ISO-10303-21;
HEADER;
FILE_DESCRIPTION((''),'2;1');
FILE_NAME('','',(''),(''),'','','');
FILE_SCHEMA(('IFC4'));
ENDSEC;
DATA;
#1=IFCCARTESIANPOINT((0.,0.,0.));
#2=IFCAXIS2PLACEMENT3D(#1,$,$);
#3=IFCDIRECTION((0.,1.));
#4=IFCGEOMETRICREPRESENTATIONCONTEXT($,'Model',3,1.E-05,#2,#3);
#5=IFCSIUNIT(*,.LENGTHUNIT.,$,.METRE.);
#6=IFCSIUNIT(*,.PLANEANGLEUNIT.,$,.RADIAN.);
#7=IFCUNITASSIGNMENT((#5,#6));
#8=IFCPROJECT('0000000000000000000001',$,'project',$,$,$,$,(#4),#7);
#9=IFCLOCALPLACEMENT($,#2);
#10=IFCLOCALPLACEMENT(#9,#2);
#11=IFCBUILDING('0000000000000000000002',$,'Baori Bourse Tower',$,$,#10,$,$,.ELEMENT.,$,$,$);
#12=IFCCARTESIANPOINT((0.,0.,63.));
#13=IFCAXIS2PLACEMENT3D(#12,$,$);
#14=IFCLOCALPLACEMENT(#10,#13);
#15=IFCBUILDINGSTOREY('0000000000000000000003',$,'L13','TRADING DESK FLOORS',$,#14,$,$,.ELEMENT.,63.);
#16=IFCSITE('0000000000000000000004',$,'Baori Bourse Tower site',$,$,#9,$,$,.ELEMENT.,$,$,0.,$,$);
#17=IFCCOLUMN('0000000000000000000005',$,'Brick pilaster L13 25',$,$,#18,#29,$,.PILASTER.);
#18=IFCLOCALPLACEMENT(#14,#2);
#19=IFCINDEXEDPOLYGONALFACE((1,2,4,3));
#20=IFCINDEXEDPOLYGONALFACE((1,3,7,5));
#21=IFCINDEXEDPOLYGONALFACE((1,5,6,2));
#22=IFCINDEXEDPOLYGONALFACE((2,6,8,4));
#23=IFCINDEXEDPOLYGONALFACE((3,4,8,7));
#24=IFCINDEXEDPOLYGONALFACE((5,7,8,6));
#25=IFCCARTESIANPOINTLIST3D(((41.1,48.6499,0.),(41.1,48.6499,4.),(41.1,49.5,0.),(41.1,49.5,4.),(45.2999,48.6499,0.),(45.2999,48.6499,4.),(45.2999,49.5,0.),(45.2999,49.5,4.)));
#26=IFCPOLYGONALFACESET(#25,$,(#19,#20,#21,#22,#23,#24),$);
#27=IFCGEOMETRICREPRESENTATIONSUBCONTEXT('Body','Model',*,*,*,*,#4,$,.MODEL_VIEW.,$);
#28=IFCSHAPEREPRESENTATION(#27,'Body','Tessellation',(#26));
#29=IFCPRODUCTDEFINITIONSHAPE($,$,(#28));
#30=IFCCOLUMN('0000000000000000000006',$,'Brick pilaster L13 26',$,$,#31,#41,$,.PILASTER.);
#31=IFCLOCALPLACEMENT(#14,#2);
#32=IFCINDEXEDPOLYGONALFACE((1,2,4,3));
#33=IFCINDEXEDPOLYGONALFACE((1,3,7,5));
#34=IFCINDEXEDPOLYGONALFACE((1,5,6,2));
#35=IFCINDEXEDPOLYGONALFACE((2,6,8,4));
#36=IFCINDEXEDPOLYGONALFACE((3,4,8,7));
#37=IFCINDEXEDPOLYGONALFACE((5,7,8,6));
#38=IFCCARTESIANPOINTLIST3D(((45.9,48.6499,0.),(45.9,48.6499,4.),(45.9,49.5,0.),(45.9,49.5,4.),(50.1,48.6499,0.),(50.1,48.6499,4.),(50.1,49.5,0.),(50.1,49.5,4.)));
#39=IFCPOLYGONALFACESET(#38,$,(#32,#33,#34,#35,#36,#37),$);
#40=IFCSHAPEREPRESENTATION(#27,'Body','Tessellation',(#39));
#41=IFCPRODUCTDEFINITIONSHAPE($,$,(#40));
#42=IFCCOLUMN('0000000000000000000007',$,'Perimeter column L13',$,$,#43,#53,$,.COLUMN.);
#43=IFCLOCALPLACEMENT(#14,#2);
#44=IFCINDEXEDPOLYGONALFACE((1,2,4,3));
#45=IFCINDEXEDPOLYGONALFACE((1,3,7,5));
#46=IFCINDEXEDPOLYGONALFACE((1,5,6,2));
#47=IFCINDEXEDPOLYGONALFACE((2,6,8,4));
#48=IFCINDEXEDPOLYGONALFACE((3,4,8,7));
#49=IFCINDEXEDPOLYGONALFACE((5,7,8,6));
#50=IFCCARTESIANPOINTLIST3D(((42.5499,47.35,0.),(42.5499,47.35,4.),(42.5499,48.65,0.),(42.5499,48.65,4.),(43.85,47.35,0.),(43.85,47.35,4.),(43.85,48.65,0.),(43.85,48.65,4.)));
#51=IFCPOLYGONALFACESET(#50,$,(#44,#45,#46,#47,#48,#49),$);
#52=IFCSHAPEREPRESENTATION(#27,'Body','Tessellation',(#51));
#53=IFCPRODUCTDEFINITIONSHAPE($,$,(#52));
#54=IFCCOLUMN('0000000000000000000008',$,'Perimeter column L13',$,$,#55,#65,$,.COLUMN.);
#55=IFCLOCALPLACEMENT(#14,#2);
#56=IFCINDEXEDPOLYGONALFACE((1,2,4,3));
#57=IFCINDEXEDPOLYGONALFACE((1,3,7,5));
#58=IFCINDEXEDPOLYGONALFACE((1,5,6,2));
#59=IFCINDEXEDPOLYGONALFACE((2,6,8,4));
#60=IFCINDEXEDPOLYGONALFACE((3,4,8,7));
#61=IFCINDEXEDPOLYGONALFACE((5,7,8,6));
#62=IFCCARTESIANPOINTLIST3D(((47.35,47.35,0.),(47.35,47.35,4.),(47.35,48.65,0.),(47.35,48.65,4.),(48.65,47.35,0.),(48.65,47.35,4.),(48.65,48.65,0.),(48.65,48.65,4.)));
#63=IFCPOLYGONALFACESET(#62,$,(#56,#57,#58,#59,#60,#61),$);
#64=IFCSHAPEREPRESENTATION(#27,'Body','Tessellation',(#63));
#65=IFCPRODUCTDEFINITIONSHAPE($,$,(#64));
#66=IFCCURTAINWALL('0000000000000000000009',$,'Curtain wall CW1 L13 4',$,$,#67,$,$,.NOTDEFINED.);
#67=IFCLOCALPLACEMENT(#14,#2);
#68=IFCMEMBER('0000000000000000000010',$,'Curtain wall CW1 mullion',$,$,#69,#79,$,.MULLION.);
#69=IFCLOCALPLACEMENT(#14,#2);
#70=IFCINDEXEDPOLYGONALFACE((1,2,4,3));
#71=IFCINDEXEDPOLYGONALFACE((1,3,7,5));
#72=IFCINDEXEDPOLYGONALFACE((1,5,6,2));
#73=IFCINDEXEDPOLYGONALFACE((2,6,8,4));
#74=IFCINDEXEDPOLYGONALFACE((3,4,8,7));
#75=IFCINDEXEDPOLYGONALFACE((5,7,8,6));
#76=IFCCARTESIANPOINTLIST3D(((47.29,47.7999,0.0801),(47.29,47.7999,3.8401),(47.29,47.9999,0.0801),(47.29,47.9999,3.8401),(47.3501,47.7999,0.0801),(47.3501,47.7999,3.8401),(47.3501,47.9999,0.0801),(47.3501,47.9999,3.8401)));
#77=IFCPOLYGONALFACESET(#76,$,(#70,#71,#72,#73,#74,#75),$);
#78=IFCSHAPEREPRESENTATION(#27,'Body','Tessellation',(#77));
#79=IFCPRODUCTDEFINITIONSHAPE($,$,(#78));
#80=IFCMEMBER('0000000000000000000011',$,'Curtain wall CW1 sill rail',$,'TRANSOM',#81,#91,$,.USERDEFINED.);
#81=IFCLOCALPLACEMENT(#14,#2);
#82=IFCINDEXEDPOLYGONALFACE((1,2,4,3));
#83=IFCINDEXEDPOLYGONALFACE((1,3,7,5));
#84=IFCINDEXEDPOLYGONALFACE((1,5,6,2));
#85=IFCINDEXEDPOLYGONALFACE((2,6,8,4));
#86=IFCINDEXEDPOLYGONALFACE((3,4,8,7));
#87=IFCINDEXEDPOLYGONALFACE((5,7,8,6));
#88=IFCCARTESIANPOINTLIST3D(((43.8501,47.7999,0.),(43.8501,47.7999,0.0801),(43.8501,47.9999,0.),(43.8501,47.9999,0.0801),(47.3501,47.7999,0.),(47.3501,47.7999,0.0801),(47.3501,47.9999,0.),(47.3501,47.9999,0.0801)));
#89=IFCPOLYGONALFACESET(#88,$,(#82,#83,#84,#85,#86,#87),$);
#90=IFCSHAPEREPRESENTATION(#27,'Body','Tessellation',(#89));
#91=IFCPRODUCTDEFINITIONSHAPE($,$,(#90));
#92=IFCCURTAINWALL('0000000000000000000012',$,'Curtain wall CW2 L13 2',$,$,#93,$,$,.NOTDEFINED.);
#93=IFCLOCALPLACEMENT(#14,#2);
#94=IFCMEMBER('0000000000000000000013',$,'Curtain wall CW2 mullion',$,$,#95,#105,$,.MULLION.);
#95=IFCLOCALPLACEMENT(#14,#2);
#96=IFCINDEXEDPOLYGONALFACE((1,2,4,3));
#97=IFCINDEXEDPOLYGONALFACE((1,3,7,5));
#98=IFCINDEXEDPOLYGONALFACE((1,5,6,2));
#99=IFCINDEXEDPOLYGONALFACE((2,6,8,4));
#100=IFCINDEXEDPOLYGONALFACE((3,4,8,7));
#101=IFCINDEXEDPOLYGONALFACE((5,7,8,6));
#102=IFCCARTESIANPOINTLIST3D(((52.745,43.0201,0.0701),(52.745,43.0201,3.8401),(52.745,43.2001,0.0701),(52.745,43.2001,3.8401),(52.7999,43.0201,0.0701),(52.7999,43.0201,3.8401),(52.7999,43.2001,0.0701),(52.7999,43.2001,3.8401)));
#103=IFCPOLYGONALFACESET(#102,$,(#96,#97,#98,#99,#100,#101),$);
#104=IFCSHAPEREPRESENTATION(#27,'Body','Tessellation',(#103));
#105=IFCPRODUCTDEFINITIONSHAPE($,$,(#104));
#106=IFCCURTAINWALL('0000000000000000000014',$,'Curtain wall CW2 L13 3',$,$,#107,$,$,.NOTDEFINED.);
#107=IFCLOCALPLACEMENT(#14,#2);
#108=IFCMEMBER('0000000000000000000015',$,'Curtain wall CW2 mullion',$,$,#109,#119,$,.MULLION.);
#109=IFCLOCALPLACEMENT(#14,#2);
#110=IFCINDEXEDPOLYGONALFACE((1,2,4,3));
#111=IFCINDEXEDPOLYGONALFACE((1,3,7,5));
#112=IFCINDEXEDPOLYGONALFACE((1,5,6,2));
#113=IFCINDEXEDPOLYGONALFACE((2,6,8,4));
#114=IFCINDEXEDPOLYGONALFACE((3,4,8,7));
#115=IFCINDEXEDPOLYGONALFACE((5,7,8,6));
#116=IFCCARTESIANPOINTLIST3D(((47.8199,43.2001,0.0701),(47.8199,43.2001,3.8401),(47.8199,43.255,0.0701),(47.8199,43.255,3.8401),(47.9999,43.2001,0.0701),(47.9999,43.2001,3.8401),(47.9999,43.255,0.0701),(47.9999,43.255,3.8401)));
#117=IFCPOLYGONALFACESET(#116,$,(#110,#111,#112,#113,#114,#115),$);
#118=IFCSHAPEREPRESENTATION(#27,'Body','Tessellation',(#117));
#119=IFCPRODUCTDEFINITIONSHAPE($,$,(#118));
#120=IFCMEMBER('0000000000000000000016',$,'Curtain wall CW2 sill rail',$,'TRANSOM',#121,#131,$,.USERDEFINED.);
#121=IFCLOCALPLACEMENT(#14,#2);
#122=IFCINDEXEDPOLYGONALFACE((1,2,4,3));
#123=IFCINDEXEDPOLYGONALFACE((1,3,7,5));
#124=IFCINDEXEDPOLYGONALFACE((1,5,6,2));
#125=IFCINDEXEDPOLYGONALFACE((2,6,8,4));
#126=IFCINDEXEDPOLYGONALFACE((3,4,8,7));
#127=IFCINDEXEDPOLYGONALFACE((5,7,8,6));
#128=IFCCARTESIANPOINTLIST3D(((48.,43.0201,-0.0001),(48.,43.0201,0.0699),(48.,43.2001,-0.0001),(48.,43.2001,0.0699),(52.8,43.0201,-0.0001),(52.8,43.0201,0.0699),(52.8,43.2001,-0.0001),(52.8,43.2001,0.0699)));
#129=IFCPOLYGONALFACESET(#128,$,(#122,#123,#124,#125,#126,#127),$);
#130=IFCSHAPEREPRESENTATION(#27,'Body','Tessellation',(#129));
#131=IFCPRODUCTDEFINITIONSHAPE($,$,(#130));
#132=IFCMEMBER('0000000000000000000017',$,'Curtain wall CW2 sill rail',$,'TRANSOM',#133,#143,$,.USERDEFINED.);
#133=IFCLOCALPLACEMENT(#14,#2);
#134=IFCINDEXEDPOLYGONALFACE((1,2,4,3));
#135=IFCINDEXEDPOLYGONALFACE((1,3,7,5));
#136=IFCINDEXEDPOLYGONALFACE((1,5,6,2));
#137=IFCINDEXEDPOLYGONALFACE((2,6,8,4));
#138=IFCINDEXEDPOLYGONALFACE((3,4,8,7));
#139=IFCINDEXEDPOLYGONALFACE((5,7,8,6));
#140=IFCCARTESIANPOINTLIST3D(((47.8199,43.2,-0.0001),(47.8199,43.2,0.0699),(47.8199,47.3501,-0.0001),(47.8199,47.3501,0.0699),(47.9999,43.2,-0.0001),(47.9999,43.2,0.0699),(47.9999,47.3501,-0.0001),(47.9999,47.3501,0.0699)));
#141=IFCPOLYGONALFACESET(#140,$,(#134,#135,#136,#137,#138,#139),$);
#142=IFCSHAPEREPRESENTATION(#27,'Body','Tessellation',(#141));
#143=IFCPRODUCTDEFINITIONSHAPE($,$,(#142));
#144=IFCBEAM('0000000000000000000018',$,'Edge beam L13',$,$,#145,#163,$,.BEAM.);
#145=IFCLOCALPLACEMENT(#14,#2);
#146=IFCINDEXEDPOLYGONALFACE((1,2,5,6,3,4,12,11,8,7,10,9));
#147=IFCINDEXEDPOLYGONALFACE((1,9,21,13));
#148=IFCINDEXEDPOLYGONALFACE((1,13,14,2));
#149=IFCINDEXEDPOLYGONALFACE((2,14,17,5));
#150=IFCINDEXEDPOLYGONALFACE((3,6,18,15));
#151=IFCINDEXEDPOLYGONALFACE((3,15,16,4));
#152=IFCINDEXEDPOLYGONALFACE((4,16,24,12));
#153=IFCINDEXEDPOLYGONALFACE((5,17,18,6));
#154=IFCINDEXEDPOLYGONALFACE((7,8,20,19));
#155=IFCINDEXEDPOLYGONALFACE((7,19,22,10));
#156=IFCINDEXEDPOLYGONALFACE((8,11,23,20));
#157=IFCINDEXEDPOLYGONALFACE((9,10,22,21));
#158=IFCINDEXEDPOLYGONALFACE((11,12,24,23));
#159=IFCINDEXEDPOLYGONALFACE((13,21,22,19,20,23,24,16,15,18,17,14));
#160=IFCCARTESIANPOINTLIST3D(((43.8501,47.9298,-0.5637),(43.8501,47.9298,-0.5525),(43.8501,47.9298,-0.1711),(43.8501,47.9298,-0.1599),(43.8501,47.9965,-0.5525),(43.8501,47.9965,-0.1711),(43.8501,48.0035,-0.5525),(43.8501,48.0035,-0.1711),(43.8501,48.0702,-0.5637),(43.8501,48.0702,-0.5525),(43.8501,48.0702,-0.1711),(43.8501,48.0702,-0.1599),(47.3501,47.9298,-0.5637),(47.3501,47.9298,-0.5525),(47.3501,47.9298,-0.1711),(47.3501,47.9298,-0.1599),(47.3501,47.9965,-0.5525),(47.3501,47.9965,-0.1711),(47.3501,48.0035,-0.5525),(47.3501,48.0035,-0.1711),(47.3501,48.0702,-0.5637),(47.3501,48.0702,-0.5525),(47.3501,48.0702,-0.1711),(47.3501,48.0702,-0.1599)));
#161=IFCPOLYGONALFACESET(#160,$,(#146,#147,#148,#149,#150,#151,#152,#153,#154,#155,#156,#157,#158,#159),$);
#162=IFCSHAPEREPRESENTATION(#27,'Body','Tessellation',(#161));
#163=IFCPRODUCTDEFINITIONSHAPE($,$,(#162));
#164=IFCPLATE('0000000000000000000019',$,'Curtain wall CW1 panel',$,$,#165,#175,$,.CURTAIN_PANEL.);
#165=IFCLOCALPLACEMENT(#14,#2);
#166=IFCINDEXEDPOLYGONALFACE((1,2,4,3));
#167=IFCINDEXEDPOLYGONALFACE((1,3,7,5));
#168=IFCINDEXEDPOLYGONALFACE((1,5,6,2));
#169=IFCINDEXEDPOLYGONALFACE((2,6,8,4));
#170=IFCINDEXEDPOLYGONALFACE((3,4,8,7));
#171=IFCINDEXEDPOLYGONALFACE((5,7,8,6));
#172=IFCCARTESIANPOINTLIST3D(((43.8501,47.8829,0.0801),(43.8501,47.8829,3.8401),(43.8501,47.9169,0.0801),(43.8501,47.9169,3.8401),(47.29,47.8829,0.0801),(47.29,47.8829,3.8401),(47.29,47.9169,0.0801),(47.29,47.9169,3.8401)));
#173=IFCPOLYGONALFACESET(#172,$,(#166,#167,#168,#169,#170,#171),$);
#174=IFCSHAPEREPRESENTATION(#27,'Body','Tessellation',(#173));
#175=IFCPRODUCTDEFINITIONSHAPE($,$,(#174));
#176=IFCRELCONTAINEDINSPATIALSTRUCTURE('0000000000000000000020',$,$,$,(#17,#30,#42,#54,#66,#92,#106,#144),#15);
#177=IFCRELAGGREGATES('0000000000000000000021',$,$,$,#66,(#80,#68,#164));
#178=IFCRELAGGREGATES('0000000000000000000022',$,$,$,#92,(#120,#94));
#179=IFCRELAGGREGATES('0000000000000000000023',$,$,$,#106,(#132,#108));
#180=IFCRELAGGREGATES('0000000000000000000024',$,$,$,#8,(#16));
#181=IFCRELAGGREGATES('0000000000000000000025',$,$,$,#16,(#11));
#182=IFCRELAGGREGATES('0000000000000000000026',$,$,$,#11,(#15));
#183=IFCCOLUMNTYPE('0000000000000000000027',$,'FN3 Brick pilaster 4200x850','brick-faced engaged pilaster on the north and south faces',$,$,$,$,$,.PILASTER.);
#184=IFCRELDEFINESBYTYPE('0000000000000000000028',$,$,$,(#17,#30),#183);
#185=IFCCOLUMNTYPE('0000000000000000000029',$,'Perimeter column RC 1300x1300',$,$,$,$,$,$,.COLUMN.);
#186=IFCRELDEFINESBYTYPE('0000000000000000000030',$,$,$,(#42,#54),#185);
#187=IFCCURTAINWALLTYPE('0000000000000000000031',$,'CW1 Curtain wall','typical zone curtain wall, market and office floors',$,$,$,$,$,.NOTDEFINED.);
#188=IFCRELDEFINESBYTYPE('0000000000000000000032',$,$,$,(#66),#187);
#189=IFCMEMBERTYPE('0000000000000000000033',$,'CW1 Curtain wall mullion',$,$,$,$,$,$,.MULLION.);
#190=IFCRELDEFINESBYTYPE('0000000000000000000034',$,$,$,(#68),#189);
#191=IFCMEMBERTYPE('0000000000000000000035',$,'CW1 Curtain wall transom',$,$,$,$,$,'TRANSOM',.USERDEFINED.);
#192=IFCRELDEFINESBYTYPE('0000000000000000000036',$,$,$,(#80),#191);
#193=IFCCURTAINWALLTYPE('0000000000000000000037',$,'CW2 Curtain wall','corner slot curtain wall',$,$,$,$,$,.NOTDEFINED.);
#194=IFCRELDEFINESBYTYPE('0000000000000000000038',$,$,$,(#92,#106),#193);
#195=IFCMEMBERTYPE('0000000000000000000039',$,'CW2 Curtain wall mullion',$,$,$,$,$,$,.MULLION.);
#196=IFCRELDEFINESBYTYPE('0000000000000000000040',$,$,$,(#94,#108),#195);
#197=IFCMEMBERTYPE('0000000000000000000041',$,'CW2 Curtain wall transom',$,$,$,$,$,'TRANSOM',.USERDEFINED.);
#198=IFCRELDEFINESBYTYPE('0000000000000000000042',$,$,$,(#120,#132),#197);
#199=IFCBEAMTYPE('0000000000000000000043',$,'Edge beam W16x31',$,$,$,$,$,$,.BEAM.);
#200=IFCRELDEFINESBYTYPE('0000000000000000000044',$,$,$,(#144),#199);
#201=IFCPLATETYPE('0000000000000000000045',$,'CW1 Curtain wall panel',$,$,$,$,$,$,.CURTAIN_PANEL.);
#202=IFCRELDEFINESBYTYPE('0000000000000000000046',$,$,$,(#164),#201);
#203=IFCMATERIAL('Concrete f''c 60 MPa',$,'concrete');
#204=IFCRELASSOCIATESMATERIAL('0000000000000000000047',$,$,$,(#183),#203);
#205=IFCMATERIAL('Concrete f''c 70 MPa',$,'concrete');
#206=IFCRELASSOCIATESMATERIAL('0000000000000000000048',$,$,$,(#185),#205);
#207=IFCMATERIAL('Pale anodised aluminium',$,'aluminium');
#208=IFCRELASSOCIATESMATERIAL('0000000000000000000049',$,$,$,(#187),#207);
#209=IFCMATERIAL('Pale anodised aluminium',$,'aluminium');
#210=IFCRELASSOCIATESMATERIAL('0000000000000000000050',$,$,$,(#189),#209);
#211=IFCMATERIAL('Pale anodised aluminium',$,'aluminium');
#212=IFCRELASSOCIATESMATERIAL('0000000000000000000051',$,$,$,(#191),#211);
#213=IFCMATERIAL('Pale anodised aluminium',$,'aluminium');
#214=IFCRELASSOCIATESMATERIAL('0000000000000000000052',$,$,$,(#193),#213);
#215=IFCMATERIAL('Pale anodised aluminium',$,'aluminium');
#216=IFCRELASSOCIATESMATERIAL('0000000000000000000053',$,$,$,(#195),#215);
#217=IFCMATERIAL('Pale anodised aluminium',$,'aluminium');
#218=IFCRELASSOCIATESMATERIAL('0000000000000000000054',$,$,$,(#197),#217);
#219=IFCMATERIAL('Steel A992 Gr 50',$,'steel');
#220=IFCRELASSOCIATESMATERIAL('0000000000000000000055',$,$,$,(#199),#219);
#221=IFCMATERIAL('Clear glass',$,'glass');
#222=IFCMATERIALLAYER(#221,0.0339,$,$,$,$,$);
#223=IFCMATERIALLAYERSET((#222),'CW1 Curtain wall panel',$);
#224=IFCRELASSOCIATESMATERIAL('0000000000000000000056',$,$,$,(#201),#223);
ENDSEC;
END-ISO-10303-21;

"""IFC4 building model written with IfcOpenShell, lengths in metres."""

from ifc_helpers import new_model, si_unit, direction, frame, origin, origin_2d, place, context, subcontext, project, spatial, rectangle, i_section, extrude, material, layer, layer_set, material_profile, profile_set, type_object, element, aggregate, save


model = new_model("IFC4")

# Units and contexts
model_context = context("Model", 3, precision=1e-05, world=origin(), true_north=direction((0.0, 1.0)))
body_context = subcontext(model_context, "Body", "Model", "MODEL_VIEW")
ifc_project = project(units=[si_unit("LENGTHUNIT", "METRE"), si_unit("PLANEANGLEUNIT", "RADIAN")], contexts=[model_context])

# Site, building, storey
site_placement = place(None, origin())
site = spatial("IfcSite", under=ifc_project, at=site_placement, Name="Baori Bourse Tower site", CompositionType="ELEMENT", RefElevation=0.0)
building_placement = place(site_placement, origin())
building = spatial("IfcBuilding", under=site, at=building_placement, Name="Baori Bourse Tower", CompositionType="ELEMENT")
storey_placement = place(building_placement, frame((0.0, 0.0, 63.0)))
storey = spatial("IfcBuildingStorey", under=building, at=storey_placement, Name="L13", Description="TRADING DESK FLOORS", CompositionType="ELEMENT", Elevation=63.0)

# Columns
ifc_material_1 = material(Name="Concrete f'c 60 MPa", Category="concrete")
ifc_material_profile_1 = material_profile(ifc_material_1, rectangle(XDim=4.2, YDim=0.8501, at=origin_2d()), Name="RC 4200x850")
ifc_profile_set_1 = profile_set([ifc_material_profile_1], Name="Concrete f'c 60 MPa")
column_type_1 = type_object("IfcColumnType", Name="FN3 Brick pilaster 4200x850", Description="brick-faced engaged pilaster on the north and south faces", PredefinedType="PILASTER", material=ifc_profile_set_1)
for number, where, z_axis, x_axis, name in (
    (1, (43.2, 49.075, 0.0), (0.0, 0.0, 1.0), (1.0, 0.0, 0.0), "Brick pilaster L13 25"),
    (2, (48.0, 49.075, 0.0), (0.0, 0.0, 1.0), (1.0, 0.0, 0.0), "Brick pilaster L13 26"),
):
    element("IfcColumn", number, at=place(storey_placement, frame(where, z_axis=z_axis, x_axis=x_axis)), inside=storey, type_object=column_type_1, Name=name, PredefinedType="PILASTER", context=body_context, shape_type="SweptSolid", body=[
        extrude(rectangle(XDim=4.2, YDim=0.8501, at=origin_2d()), origin(), (0.0, 0.0, 1.0), 4.0),
    ])
ifc_material_2 = material(Name="Concrete f'c 70 MPa", Category="concrete")
ifc_material_profile_2 = material_profile(ifc_material_2, rectangle(XDim=1.3, YDim=1.3, at=origin_2d()), Name="RC 1300x1300")
ifc_profile_set_2 = profile_set([ifc_material_profile_2], Name="Concrete f'c 70 MPa")
column_type_2 = type_object("IfcColumnType", Name="Perimeter column RC 1300x1300", PredefinedType="COLUMN", material=ifc_profile_set_2)
for number, where, z_axis, x_axis, name in (
    (3, (43.2, 48.0, 0.0), (0.0, 0.0, 1.0), (1.0, 0.0, 0.0), "Perimeter column L13"),
    (4, (48.0, 48.0, 0.0), (0.0, 0.0, 1.0), (1.0, 0.0, 0.0), "Perimeter column L13"),
):
    element("IfcColumn", number, at=place(storey_placement, frame(where, z_axis=z_axis, x_axis=x_axis)), inside=storey, type_object=column_type_2, Name=name, PredefinedType="COLUMN", context=body_context, shape_type="SweptSolid", body=[
        extrude(rectangle(XDim=1.3, YDim=1.3, at=origin_2d()), origin(), (0.0, 0.0, 1.0), 4.0),
    ])

# Curtain wall, members
ifc_material_3 = material(Name="Pale anodised aluminium", Category="aluminium")
curtain_wall_type_1 = type_object("IfcCurtainWallType", Name="CW1 Curtain wall", Description="typical zone curtain wall, market and office floors", PredefinedType="NOTDEFINED", material=ifc_material_3)
curtain_wall_1_placement = place(storey_placement, origin())
curtain_wall_1 = element("IfcCurtainWall", 5, at=curtain_wall_1_placement, inside=storey, type_object=curtain_wall_type_1, Name="Curtain wall CW1 L13 4", PredefinedType="NOTDEFINED")
ifc_material_4 = material(Name="Pale anodised aluminium", Category="aluminium")
ifc_material_profile_3 = material_profile(ifc_material_4, rectangle(XDim=0.2, YDim=0.0601, at=origin_2d()), Name="Mullion 60x200")
ifc_profile_set_3 = profile_set([ifc_material_profile_3], Name="Pale anodised aluminium")
member_type_1 = type_object("IfcMemberType", Name="CW1 Curtain wall mullion", PredefinedType="MULLION", material=ifc_profile_set_3)
member_1_placement = place(storey_placement, frame((47.3201, 47.8999, 0.0801), z_axis=(0.0, 0.0, 1.0), x_axis=(0.0, -1.0, 0.0)))
member_1 = element("IfcMember", 6, at=member_1_placement, type_object=member_type_1, Name="Curtain wall CW1 mullion", PredefinedType="MULLION", context=body_context, shape_type="SweptSolid", body=[
    extrude(rectangle(XDim=0.2, YDim=0.0601, at=origin_2d()), origin(), (0.0, 0.0, 1.0), 3.76),
])
ifc_material_5 = material(Name="Pale anodised aluminium", Category="aluminium")
ifc_material_profile_4 = material_profile(ifc_material_5, rectangle(XDim=0.2, YDim=0.0801, at=origin_2d()), Name="Transom 80x200")
ifc_profile_set_4 = profile_set([ifc_material_profile_4], Name="Pale anodised aluminium")
member_type_2 = type_object("IfcMemberType", Name="CW1 Curtain wall transom", ElementType="TRANSOM", PredefinedType="USERDEFINED", material=ifc_profile_set_4)
member_2_placement = place(storey_placement, frame((47.3501, 47.8999, 0.04), z_axis=(-1.0, 0.0, 0.0), x_axis=(0.0, -1.0, 0.0)))
member_2 = element("IfcMember", 7, at=member_2_placement, type_object=member_type_2, Name="Curtain wall CW1 sill rail", ObjectType="TRANSOM", PredefinedType="USERDEFINED", context=body_context, shape_type="SweptSolid", body=[
    extrude(rectangle(XDim=0.2, YDim=0.0801, at=origin_2d()), origin(), (0.0, 0.0, 1.0), 3.5),
])

# Curtain walls, members
ifc_material_6 = material(Name="Pale anodised aluminium", Category="aluminium")
curtain_wall_type_2 = type_object("IfcCurtainWallType", Name="CW2 Curtain wall", Description="corner slot curtain wall", PredefinedType="NOTDEFINED", material=ifc_material_6)
curtain_wall_2_placement = place(storey_placement, origin())
curtain_wall_2 = element("IfcCurtainWall", 8, at=curtain_wall_2_placement, inside=storey, type_object=curtain_wall_type_2, Name="Curtain wall CW2 L13 2", PredefinedType="NOTDEFINED")
ifc_material_7 = material(Name="Pale anodised aluminium", Category="aluminium")
ifc_material_profile_5 = material_profile(ifc_material_7, rectangle(XDim=0.1799, YDim=0.0549, at=origin_2d()), Name="Mullion 55x180")
ifc_profile_set_5 = profile_set([ifc_material_profile_5], Name="Pale anodised aluminium")
member_type_3 = type_object("IfcMemberType", Name="CW2 Curtain wall mullion", PredefinedType="MULLION", material=ifc_profile_set_5)
member_3_placement = place(storey_placement, frame((52.7725, 43.1101, 0.0701), z_axis=(0.0, 0.0, 1.0), x_axis=(0.0, -1.0, 0.0)))
member_3 = element("IfcMember", 9, at=member_3_placement, type_object=member_type_3, Name="Curtain wall CW2 mullion", PredefinedType="MULLION", context=body_context, shape_type="SweptSolid", body=[
    extrude(rectangle(XDim=0.1799, YDim=0.0549, at=origin_2d()), origin(), (0.0, 0.0, 1.0), 3.77),
])
curtain_wall_3_placement = place(storey_placement, origin())
curtain_wall_3 = element("IfcCurtainWall", 10, at=curtain_wall_3_placement, inside=storey, type_object=curtain_wall_type_2, Name="Curtain wall CW2 L13 3", PredefinedType="NOTDEFINED")
member_4_placement = place(storey_placement, frame((47.9099, 43.2275, 0.0701), z_axis=(0.0, 0.0, 1.0), x_axis=(-1.0, 0.0, 0.0)))
member_4 = element("IfcMember", 11, at=member_4_placement, type_object=member_type_3, Name="Curtain wall CW2 mullion", PredefinedType="MULLION", context=body_context, shape_type="SweptSolid", body=[
    extrude(rectangle(XDim=0.1799, YDim=0.0549, at=origin_2d()), origin(), (0.0, 0.0, 1.0), 3.77),
])

# Members
ifc_material_8 = material(Name="Pale anodised aluminium", Category="aluminium")
ifc_material_profile_6 = material_profile(ifc_material_8, rectangle(XDim=0.1799, YDim=0.0701, at=origin_2d()), Name="Transom 70x180")
ifc_profile_set_6 = profile_set([ifc_material_profile_6], Name="Pale anodised aluminium")
member_type_4 = type_object("IfcMemberType", Name="CW2 Curtain wall transom", ElementType="TRANSOM", PredefinedType="USERDEFINED", material=ifc_profile_set_6)
member_5_placement = place(storey_placement, frame((52.8, 43.1101, 0.0349), z_axis=(-1.0, 0.0, 0.0), x_axis=(0.0, -1.0, 0.0)))
member_5 = element("IfcMember", 12, at=member_5_placement, type_object=member_type_4, Name="Curtain wall CW2 sill rail", ObjectType="TRANSOM", PredefinedType="USERDEFINED", context=body_context, shape_type="SweptSolid", body=[
    extrude(rectangle(XDim=0.1799, YDim=0.0701, at=origin_2d()), origin(), (0.0, 0.0, 1.0), 4.8),
])
member_6_placement = place(storey_placement, frame((47.9099, 43.2, 0.0349), z_axis=(0.0, 1.0, 0.0), x_axis=(-1.0, 0.0, 0.0)))
member_6 = element("IfcMember", 13, at=member_6_placement, type_object=member_type_4, Name="Curtain wall CW2 sill rail", ObjectType="TRANSOM", PredefinedType="USERDEFINED", context=body_context, shape_type="SweptSolid", body=[
    extrude(rectangle(XDim=0.1799, YDim=0.0701, at=origin_2d()), origin(), (0.0, 0.0, 1.0), 4.1501),
])

# Beam
ifc_material_9 = material(Name="Steel A992 Gr 50", Category="steel")
ifc_material_profile_7 = material_profile(ifc_material_9, i_section(OverallWidth=0.1404, OverallDepth=0.4038, WebThickness=0.0071, FlangeThickness=0.0112, at=origin_2d()), Name="W16x31")
ifc_profile_set_7 = profile_set([ifc_material_profile_7], Name="Steel A992 Gr 50")
beam_type = type_object("IfcBeamType", Name="Edge beam W16x31", PredefinedType="BEAM", material=ifc_profile_set_7)
beam_placement = place(storey_placement, frame((43.8501, 48.0, -0.3618), z_axis=(1.0, 0.0, 0.0), x_axis=(0.0, 1.0, 0.0)))
element("IfcBeam", 14, at=beam_placement, inside=storey, type_object=beam_type, Name="Edge beam L13", PredefinedType="BEAM", context=body_context, shape_type="SweptSolid", body=[
    extrude(i_section(OverallWidth=0.1404, OverallDepth=0.4038, WebThickness=0.0071, FlangeThickness=0.0112, at=origin_2d()), origin(), (0.0, 0.0, 1.0), 3.5),
])

# Plate
ifc_material_10 = material(Name="Clear glass", Category="glass")
ifc_layer_1 = layer(ifc_material_10, 0.0339)
ifc_layer_set_1 = layer_set([ifc_layer_1], Name="CW1 Curtain wall panel")
plate_type_1 = type_object("IfcPlateType", Name="CW1 Curtain wall panel", PredefinedType="CURTAIN_PANEL", material=ifc_layer_set_1)
plate_1_placement = place(storey_placement, frame((45.5701, 47.8999, 0.0801), z_axis=(0.0, 0.0, 1.0), x_axis=(-1.0, 0.0, 0.0)))
plate_1 = element("IfcPlate", 15, at=plate_1_placement, type_object=plate_type_1, Name="Curtain wall CW1 panel", PredefinedType="CURTAIN_PANEL", context=body_context, shape_type="SweptSolid", body=[
    extrude(rectangle(XDim=3.4399, YDim=0.0339, at=origin_2d()), origin(), (0.0, 0.0, 1.0), 3.76),
])
aggregate(curtain_wall_1, [member_2, member_1, plate_1])

aggregate(curtain_wall_2, [member_5, member_3])
aggregate(curtain_wall_3, [member_6, member_4])

save(model, "model.ifc")
